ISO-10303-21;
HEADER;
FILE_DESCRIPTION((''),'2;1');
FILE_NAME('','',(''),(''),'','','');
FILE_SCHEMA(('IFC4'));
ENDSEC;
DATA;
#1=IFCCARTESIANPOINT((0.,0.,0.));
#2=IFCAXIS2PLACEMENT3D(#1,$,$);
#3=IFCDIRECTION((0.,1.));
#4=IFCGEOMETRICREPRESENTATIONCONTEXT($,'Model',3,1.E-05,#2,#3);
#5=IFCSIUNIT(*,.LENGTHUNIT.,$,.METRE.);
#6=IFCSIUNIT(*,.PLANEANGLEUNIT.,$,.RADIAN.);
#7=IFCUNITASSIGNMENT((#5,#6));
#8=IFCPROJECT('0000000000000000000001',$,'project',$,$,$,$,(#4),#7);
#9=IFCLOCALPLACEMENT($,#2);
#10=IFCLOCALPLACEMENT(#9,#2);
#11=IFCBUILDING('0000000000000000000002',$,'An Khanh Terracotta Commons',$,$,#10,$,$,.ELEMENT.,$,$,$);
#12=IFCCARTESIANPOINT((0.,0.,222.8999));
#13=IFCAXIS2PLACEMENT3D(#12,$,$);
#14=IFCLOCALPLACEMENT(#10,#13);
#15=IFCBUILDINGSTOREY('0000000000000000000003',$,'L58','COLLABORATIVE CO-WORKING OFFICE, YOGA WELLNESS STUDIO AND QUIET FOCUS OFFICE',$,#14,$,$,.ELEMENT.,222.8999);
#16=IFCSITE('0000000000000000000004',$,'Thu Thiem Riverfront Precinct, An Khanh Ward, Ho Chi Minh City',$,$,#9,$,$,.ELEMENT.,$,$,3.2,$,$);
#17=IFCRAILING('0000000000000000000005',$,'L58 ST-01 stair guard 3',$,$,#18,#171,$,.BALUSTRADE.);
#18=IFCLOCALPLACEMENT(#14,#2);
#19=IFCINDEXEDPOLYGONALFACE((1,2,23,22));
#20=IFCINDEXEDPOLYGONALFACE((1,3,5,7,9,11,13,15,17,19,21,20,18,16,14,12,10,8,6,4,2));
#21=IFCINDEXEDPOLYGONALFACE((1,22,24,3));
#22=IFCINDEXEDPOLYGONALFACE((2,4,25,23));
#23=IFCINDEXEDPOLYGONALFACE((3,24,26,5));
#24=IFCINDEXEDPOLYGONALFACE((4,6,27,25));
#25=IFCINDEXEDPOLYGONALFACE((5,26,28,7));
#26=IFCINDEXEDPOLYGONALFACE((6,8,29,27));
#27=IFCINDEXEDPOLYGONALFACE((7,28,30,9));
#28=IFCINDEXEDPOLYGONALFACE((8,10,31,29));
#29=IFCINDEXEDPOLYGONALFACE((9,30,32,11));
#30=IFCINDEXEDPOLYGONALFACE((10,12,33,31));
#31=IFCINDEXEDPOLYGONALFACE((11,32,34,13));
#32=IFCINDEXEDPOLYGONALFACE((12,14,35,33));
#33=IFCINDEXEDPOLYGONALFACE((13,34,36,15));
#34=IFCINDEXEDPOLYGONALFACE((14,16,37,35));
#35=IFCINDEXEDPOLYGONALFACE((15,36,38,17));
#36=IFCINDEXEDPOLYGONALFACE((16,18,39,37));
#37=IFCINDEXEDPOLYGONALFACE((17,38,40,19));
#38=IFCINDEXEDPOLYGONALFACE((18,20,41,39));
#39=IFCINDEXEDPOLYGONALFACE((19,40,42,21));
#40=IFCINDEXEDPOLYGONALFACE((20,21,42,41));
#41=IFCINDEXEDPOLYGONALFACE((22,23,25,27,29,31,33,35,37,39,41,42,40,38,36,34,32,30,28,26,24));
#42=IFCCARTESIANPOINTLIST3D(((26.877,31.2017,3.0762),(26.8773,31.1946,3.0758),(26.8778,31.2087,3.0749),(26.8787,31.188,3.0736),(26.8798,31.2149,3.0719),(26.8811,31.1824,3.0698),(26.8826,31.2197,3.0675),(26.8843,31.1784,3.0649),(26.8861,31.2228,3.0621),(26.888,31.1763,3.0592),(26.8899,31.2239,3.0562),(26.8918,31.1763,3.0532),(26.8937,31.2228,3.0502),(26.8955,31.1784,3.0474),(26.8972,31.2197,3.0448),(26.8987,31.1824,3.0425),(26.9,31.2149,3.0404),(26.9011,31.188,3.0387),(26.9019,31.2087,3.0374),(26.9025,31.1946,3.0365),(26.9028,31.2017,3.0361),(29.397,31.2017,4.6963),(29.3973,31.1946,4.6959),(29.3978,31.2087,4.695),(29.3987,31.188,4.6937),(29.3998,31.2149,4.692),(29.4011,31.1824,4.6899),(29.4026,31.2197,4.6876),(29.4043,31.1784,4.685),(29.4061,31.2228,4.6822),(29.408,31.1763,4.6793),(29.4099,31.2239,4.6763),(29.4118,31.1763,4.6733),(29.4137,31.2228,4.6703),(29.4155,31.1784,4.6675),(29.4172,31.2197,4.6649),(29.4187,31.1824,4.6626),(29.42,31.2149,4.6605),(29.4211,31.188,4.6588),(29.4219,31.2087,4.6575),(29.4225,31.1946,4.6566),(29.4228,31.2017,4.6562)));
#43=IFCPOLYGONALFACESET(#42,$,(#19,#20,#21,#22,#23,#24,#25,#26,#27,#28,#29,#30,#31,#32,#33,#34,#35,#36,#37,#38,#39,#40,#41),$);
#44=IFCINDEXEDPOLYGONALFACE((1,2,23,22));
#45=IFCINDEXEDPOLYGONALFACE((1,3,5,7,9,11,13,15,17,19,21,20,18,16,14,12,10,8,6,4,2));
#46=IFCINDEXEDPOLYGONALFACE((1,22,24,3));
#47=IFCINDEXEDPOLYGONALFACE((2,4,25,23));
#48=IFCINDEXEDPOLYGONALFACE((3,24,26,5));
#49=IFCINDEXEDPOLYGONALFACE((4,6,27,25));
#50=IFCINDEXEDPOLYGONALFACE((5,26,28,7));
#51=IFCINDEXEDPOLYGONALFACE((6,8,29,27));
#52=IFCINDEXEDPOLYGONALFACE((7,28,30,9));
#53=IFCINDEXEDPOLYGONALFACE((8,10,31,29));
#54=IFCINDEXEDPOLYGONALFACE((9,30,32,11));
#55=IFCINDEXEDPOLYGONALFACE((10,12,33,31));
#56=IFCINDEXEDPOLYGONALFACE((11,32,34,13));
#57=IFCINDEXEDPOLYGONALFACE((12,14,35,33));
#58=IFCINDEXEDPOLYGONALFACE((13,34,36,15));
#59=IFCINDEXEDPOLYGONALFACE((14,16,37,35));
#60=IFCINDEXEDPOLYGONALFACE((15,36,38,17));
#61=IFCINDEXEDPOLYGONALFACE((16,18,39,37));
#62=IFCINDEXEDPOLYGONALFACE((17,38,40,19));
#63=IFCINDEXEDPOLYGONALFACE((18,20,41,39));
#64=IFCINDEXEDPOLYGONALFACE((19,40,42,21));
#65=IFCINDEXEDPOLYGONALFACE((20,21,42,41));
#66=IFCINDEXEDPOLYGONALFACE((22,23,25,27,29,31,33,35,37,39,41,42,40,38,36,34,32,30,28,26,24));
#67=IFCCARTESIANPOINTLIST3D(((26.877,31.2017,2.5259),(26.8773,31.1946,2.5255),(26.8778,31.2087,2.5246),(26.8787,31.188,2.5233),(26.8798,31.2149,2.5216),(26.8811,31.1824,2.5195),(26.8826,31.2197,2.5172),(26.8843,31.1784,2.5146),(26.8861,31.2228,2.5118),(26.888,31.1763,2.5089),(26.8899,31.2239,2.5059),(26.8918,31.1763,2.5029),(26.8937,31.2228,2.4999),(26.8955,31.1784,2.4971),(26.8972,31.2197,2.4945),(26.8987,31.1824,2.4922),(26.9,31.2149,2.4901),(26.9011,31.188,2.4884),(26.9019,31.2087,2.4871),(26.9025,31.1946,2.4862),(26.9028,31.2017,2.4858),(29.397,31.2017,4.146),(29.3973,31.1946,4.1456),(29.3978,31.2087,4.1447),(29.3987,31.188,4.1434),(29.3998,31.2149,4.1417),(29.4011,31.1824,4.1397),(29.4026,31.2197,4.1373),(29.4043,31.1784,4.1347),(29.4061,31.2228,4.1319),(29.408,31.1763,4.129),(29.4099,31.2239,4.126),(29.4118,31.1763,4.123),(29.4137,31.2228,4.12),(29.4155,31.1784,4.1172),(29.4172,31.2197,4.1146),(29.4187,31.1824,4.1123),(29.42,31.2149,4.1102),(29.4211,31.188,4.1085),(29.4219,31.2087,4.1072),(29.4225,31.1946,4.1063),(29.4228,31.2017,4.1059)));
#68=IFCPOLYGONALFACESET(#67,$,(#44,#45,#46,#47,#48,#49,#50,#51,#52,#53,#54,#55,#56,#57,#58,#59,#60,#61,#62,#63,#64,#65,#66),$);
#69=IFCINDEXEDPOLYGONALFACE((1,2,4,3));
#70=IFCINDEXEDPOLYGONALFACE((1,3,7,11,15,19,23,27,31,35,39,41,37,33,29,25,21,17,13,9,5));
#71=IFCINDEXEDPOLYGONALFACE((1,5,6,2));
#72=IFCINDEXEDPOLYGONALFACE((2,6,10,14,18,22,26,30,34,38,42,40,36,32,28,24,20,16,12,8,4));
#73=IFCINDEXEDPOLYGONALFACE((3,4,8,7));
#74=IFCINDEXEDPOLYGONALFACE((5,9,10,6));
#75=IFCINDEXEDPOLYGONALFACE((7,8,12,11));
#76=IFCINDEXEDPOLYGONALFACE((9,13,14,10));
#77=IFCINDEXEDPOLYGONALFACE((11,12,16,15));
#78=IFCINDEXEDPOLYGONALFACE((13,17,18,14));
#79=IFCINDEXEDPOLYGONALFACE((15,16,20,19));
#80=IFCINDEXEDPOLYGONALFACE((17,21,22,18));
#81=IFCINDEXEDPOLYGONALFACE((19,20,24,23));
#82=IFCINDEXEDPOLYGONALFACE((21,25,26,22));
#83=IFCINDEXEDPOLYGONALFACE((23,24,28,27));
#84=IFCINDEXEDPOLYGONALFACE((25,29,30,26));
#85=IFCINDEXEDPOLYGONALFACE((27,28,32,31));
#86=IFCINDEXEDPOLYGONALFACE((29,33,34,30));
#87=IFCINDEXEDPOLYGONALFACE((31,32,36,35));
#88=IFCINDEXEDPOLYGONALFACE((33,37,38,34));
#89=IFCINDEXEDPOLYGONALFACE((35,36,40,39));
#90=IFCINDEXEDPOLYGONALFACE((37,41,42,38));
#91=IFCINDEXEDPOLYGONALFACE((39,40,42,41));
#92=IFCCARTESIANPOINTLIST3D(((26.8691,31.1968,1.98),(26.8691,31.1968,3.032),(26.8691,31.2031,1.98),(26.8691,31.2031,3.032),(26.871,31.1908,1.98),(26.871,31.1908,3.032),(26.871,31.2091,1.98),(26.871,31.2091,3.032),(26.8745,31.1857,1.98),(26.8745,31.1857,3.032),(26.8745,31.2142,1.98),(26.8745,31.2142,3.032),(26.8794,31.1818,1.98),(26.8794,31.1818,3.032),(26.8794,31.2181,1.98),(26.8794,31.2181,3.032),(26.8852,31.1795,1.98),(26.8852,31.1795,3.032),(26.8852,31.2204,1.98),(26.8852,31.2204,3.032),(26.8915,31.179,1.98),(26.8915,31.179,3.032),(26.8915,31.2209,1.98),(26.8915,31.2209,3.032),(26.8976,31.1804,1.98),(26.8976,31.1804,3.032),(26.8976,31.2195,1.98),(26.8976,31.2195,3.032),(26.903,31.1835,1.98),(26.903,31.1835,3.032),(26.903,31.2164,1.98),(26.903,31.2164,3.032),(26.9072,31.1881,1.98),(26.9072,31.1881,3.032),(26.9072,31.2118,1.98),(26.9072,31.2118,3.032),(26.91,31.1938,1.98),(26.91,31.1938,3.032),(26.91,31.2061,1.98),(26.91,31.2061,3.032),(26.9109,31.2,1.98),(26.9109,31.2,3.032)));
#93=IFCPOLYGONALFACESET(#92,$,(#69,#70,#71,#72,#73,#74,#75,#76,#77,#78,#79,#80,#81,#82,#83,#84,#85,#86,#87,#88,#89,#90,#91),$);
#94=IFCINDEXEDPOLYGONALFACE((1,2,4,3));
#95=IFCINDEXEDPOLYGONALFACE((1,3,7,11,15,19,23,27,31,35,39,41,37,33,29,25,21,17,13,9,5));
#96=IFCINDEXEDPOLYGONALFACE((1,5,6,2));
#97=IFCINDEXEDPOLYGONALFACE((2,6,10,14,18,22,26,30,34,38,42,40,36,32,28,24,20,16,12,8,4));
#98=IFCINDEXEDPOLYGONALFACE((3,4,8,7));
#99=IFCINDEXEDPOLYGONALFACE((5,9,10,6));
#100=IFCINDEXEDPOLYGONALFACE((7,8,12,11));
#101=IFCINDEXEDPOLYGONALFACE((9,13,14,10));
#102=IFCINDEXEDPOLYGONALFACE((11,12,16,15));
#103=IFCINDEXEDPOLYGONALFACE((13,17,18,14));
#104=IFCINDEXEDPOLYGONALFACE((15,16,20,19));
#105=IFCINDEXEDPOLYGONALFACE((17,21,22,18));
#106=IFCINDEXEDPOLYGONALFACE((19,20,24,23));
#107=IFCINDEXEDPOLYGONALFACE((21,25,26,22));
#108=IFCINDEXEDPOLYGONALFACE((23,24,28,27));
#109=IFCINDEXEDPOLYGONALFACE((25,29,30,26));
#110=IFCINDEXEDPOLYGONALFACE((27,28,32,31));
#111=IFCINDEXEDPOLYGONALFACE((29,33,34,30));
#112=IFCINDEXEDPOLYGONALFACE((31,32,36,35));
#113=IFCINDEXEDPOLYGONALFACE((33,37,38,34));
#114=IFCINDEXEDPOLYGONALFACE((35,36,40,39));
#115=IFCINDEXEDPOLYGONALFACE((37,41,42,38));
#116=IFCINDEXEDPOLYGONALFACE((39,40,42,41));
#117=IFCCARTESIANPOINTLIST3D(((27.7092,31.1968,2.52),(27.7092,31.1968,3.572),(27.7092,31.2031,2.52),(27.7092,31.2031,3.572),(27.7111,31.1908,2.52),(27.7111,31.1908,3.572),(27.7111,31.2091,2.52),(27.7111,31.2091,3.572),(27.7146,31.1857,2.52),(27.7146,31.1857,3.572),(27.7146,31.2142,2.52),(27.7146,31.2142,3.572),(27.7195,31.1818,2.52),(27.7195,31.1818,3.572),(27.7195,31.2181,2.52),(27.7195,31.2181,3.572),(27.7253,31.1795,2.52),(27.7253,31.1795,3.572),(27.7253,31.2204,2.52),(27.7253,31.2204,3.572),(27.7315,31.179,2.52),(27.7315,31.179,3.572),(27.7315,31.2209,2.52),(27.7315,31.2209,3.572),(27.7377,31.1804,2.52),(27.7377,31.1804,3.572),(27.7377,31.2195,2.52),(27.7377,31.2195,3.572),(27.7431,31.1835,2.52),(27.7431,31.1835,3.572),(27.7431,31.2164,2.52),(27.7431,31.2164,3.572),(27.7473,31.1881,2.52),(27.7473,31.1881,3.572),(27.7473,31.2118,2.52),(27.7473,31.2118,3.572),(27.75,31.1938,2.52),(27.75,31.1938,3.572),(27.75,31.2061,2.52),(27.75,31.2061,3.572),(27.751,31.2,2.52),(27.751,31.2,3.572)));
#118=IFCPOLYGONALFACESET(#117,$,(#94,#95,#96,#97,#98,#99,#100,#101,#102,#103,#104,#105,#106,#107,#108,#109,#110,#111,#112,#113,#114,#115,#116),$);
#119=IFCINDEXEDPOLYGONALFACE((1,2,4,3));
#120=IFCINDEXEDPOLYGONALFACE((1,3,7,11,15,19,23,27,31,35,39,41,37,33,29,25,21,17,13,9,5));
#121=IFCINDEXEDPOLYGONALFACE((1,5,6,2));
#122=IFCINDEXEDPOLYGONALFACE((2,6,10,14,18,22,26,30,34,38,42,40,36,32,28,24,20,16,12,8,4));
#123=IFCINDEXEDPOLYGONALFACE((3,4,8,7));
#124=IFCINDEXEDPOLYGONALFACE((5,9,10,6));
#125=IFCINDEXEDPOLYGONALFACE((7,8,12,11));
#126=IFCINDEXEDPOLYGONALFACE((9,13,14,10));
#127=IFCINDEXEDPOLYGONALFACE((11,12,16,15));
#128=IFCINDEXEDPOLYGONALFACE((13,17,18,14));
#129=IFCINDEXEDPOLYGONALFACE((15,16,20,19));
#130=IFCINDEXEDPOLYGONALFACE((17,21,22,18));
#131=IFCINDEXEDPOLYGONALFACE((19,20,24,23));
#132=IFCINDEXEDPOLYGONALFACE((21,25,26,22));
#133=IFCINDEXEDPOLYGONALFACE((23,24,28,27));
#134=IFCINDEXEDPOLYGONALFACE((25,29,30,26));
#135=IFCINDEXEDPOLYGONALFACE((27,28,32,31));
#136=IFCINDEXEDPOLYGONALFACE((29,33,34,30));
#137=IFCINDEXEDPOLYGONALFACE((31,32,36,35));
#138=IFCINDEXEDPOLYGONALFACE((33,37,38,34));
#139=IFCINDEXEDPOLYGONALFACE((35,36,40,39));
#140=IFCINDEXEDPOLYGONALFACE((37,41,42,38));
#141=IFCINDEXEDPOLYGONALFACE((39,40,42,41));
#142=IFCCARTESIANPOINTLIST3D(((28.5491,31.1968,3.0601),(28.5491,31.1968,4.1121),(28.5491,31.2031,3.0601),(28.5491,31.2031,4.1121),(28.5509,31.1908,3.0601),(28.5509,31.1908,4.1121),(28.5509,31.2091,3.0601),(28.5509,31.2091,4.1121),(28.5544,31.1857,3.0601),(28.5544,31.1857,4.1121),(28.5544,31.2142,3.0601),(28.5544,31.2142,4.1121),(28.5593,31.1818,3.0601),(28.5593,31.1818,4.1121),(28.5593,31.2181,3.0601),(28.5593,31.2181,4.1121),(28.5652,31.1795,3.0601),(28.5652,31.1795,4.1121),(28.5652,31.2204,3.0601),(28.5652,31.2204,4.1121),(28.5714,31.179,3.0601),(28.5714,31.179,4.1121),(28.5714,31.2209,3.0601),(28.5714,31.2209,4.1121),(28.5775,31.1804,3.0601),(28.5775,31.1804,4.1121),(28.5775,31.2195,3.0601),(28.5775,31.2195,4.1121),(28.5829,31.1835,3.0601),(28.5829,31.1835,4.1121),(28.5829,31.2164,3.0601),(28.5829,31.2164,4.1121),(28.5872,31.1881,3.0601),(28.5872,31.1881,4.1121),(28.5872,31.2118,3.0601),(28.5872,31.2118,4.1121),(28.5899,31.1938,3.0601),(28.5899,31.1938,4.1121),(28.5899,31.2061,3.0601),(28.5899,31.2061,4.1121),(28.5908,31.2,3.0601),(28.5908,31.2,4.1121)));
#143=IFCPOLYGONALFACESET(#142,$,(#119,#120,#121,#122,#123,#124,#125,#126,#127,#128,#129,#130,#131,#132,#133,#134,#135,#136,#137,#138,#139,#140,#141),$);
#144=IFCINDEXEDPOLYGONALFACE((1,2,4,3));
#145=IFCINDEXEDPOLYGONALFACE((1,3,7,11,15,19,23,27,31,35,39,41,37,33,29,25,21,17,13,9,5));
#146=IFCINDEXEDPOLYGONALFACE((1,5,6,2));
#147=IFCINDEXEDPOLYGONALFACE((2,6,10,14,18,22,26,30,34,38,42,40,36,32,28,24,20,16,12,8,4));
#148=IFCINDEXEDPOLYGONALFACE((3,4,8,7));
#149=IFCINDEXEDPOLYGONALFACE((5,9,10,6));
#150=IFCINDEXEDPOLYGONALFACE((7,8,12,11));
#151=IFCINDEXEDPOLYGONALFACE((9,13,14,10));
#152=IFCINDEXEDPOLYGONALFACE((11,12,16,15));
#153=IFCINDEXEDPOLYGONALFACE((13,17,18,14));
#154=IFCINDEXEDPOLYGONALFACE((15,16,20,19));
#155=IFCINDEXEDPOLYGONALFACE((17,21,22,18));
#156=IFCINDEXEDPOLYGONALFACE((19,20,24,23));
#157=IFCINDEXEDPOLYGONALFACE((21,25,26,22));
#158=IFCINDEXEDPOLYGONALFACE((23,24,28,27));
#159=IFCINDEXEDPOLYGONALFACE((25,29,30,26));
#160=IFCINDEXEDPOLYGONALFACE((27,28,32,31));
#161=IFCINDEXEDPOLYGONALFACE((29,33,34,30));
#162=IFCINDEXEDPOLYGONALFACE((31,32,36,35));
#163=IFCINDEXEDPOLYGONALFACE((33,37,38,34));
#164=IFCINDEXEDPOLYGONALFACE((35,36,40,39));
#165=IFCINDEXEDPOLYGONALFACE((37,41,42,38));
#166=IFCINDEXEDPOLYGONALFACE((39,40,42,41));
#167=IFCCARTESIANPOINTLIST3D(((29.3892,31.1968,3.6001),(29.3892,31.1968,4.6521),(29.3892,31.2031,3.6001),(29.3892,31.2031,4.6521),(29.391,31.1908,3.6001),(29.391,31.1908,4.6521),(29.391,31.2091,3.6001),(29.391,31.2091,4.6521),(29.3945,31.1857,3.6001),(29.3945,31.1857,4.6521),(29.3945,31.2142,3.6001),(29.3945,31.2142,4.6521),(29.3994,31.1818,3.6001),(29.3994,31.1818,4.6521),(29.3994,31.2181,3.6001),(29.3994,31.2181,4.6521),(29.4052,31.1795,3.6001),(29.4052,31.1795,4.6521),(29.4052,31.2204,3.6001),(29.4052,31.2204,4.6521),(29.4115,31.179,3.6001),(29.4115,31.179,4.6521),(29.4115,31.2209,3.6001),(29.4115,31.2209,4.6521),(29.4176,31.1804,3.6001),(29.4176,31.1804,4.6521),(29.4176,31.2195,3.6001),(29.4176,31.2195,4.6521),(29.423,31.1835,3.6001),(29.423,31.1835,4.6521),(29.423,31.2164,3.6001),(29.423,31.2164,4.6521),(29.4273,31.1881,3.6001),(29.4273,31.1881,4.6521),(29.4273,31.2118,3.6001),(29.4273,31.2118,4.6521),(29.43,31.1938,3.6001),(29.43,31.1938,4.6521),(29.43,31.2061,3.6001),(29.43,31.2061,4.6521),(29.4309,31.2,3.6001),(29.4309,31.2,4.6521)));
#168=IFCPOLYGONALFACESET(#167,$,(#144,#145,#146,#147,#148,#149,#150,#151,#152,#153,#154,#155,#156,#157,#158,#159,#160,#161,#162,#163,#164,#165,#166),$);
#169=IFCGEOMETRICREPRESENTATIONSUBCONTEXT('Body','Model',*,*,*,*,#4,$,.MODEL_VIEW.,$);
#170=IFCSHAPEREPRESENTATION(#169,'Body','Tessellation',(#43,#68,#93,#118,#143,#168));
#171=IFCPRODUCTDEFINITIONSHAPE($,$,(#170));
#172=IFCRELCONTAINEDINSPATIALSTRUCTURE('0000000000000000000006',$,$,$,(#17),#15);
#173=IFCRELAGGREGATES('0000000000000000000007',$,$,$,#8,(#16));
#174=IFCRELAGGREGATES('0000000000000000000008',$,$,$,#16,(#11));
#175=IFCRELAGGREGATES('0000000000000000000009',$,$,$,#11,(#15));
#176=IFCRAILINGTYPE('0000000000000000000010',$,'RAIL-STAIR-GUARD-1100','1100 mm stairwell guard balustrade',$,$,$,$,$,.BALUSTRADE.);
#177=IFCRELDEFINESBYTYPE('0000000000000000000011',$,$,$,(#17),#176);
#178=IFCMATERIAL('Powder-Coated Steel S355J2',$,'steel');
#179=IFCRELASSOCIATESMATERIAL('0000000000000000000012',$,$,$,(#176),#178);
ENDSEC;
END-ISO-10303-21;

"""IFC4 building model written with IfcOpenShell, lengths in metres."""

from ifc_helpers import new_model, si_unit, direction, frame, origin, origin_2d, place, context, subcontext, project, spatial, circle, extrude, material, type_object, element, save


model = new_model("IFC4")

# Units and contexts
model_context = context("Model", 3, precision=1e-05, world=origin(), true_north=direction((0.0, 1.0)))
body_context = subcontext(model_context, "Body", "Model", "MODEL_VIEW")
ifc_project = project(units=[si_unit("LENGTHUNIT", "METRE"), si_unit("PLANEANGLEUNIT", "RADIAN")], contexts=[model_context])

# Site, building, storey
site_placement = place(None, origin())
site = spatial("IfcSite", under=ifc_project, at=site_placement, Name="Thu Thiem Riverfront Precinct, An Khanh Ward, Ho Chi Minh City", CompositionType="ELEMENT", RefElevation=3.2)
building_placement = place(site_placement, origin())
building = spatial("IfcBuilding", under=site, at=building_placement, Name="An Khanh Terracotta Commons", CompositionType="ELEMENT")
storey_placement = place(building_placement, frame((0.0, 0.0, 222.8999)))
storey = spatial("IfcBuildingStorey", under=building, at=storey_placement, Name="L58", Description="COLLABORATIVE CO-WORKING OFFICE, YOGA WELLNESS STUDIO AND QUIET FOCUS OFFICE", CompositionType="ELEMENT", Elevation=222.8999)

# Railing
ifc_material_1 = material(Name="Powder-Coated Steel S355J2", Category="steel")
railing_type = type_object("IfcRailingType", Name="RAIL-STAIR-GUARD-1100", Description="1100 mm stairwell guard balustrade", PredefinedType="BALUSTRADE", material=ifc_material_1)
railing_1_placement = place(storey_placement, frame((26.8899, 31.2, 1.98)))
element("IfcRailing", 1, at=railing_1_placement, inside=storey, type_object=railing_type, Name="L58 ST-01 stair guard 3", PredefinedType="BALUSTRADE", context=body_context, shape_type="SweptSolid", body=[
    extrude(circle(Radius=0.0239, at=origin_2d()), frame((0.0, 0.0, 1.0762), z_axis=(0.841163, 0.0, 0.540782), x_axis=(0.0, 1.0, 0.0)), (0.0, 0.0, 1.0), 2.9958),
    extrude(circle(Radius=0.0239, at=origin_2d()), frame((0.0, 0.0, 0.5259), z_axis=(0.841163, 0.0, 0.540782), x_axis=(0.0, 1.0, 0.0)), (0.0, 0.0, 1.0), 2.9958),
    extrude(circle(Radius=0.021, at=origin_2d()), origin(), (0.0, 0.0, 1.0), 1.052),
    extrude(circle(Radius=0.021, at=origin_2d()), frame((0.8401, 0.0, 0.54)), (0.0, 0.0, 1.0), 1.052),
    extrude(circle(Radius=0.021, at=origin_2d()), frame((1.6799, 0.0, 1.0801)), (0.0, 0.0, 1.0), 1.052),
    extrude(circle(Radius=0.021, at=origin_2d()), frame((2.52, 0.0, 1.6201)), (0.0, 0.0, 1.0), 1.052),
])

save(model, "model.ifc")
